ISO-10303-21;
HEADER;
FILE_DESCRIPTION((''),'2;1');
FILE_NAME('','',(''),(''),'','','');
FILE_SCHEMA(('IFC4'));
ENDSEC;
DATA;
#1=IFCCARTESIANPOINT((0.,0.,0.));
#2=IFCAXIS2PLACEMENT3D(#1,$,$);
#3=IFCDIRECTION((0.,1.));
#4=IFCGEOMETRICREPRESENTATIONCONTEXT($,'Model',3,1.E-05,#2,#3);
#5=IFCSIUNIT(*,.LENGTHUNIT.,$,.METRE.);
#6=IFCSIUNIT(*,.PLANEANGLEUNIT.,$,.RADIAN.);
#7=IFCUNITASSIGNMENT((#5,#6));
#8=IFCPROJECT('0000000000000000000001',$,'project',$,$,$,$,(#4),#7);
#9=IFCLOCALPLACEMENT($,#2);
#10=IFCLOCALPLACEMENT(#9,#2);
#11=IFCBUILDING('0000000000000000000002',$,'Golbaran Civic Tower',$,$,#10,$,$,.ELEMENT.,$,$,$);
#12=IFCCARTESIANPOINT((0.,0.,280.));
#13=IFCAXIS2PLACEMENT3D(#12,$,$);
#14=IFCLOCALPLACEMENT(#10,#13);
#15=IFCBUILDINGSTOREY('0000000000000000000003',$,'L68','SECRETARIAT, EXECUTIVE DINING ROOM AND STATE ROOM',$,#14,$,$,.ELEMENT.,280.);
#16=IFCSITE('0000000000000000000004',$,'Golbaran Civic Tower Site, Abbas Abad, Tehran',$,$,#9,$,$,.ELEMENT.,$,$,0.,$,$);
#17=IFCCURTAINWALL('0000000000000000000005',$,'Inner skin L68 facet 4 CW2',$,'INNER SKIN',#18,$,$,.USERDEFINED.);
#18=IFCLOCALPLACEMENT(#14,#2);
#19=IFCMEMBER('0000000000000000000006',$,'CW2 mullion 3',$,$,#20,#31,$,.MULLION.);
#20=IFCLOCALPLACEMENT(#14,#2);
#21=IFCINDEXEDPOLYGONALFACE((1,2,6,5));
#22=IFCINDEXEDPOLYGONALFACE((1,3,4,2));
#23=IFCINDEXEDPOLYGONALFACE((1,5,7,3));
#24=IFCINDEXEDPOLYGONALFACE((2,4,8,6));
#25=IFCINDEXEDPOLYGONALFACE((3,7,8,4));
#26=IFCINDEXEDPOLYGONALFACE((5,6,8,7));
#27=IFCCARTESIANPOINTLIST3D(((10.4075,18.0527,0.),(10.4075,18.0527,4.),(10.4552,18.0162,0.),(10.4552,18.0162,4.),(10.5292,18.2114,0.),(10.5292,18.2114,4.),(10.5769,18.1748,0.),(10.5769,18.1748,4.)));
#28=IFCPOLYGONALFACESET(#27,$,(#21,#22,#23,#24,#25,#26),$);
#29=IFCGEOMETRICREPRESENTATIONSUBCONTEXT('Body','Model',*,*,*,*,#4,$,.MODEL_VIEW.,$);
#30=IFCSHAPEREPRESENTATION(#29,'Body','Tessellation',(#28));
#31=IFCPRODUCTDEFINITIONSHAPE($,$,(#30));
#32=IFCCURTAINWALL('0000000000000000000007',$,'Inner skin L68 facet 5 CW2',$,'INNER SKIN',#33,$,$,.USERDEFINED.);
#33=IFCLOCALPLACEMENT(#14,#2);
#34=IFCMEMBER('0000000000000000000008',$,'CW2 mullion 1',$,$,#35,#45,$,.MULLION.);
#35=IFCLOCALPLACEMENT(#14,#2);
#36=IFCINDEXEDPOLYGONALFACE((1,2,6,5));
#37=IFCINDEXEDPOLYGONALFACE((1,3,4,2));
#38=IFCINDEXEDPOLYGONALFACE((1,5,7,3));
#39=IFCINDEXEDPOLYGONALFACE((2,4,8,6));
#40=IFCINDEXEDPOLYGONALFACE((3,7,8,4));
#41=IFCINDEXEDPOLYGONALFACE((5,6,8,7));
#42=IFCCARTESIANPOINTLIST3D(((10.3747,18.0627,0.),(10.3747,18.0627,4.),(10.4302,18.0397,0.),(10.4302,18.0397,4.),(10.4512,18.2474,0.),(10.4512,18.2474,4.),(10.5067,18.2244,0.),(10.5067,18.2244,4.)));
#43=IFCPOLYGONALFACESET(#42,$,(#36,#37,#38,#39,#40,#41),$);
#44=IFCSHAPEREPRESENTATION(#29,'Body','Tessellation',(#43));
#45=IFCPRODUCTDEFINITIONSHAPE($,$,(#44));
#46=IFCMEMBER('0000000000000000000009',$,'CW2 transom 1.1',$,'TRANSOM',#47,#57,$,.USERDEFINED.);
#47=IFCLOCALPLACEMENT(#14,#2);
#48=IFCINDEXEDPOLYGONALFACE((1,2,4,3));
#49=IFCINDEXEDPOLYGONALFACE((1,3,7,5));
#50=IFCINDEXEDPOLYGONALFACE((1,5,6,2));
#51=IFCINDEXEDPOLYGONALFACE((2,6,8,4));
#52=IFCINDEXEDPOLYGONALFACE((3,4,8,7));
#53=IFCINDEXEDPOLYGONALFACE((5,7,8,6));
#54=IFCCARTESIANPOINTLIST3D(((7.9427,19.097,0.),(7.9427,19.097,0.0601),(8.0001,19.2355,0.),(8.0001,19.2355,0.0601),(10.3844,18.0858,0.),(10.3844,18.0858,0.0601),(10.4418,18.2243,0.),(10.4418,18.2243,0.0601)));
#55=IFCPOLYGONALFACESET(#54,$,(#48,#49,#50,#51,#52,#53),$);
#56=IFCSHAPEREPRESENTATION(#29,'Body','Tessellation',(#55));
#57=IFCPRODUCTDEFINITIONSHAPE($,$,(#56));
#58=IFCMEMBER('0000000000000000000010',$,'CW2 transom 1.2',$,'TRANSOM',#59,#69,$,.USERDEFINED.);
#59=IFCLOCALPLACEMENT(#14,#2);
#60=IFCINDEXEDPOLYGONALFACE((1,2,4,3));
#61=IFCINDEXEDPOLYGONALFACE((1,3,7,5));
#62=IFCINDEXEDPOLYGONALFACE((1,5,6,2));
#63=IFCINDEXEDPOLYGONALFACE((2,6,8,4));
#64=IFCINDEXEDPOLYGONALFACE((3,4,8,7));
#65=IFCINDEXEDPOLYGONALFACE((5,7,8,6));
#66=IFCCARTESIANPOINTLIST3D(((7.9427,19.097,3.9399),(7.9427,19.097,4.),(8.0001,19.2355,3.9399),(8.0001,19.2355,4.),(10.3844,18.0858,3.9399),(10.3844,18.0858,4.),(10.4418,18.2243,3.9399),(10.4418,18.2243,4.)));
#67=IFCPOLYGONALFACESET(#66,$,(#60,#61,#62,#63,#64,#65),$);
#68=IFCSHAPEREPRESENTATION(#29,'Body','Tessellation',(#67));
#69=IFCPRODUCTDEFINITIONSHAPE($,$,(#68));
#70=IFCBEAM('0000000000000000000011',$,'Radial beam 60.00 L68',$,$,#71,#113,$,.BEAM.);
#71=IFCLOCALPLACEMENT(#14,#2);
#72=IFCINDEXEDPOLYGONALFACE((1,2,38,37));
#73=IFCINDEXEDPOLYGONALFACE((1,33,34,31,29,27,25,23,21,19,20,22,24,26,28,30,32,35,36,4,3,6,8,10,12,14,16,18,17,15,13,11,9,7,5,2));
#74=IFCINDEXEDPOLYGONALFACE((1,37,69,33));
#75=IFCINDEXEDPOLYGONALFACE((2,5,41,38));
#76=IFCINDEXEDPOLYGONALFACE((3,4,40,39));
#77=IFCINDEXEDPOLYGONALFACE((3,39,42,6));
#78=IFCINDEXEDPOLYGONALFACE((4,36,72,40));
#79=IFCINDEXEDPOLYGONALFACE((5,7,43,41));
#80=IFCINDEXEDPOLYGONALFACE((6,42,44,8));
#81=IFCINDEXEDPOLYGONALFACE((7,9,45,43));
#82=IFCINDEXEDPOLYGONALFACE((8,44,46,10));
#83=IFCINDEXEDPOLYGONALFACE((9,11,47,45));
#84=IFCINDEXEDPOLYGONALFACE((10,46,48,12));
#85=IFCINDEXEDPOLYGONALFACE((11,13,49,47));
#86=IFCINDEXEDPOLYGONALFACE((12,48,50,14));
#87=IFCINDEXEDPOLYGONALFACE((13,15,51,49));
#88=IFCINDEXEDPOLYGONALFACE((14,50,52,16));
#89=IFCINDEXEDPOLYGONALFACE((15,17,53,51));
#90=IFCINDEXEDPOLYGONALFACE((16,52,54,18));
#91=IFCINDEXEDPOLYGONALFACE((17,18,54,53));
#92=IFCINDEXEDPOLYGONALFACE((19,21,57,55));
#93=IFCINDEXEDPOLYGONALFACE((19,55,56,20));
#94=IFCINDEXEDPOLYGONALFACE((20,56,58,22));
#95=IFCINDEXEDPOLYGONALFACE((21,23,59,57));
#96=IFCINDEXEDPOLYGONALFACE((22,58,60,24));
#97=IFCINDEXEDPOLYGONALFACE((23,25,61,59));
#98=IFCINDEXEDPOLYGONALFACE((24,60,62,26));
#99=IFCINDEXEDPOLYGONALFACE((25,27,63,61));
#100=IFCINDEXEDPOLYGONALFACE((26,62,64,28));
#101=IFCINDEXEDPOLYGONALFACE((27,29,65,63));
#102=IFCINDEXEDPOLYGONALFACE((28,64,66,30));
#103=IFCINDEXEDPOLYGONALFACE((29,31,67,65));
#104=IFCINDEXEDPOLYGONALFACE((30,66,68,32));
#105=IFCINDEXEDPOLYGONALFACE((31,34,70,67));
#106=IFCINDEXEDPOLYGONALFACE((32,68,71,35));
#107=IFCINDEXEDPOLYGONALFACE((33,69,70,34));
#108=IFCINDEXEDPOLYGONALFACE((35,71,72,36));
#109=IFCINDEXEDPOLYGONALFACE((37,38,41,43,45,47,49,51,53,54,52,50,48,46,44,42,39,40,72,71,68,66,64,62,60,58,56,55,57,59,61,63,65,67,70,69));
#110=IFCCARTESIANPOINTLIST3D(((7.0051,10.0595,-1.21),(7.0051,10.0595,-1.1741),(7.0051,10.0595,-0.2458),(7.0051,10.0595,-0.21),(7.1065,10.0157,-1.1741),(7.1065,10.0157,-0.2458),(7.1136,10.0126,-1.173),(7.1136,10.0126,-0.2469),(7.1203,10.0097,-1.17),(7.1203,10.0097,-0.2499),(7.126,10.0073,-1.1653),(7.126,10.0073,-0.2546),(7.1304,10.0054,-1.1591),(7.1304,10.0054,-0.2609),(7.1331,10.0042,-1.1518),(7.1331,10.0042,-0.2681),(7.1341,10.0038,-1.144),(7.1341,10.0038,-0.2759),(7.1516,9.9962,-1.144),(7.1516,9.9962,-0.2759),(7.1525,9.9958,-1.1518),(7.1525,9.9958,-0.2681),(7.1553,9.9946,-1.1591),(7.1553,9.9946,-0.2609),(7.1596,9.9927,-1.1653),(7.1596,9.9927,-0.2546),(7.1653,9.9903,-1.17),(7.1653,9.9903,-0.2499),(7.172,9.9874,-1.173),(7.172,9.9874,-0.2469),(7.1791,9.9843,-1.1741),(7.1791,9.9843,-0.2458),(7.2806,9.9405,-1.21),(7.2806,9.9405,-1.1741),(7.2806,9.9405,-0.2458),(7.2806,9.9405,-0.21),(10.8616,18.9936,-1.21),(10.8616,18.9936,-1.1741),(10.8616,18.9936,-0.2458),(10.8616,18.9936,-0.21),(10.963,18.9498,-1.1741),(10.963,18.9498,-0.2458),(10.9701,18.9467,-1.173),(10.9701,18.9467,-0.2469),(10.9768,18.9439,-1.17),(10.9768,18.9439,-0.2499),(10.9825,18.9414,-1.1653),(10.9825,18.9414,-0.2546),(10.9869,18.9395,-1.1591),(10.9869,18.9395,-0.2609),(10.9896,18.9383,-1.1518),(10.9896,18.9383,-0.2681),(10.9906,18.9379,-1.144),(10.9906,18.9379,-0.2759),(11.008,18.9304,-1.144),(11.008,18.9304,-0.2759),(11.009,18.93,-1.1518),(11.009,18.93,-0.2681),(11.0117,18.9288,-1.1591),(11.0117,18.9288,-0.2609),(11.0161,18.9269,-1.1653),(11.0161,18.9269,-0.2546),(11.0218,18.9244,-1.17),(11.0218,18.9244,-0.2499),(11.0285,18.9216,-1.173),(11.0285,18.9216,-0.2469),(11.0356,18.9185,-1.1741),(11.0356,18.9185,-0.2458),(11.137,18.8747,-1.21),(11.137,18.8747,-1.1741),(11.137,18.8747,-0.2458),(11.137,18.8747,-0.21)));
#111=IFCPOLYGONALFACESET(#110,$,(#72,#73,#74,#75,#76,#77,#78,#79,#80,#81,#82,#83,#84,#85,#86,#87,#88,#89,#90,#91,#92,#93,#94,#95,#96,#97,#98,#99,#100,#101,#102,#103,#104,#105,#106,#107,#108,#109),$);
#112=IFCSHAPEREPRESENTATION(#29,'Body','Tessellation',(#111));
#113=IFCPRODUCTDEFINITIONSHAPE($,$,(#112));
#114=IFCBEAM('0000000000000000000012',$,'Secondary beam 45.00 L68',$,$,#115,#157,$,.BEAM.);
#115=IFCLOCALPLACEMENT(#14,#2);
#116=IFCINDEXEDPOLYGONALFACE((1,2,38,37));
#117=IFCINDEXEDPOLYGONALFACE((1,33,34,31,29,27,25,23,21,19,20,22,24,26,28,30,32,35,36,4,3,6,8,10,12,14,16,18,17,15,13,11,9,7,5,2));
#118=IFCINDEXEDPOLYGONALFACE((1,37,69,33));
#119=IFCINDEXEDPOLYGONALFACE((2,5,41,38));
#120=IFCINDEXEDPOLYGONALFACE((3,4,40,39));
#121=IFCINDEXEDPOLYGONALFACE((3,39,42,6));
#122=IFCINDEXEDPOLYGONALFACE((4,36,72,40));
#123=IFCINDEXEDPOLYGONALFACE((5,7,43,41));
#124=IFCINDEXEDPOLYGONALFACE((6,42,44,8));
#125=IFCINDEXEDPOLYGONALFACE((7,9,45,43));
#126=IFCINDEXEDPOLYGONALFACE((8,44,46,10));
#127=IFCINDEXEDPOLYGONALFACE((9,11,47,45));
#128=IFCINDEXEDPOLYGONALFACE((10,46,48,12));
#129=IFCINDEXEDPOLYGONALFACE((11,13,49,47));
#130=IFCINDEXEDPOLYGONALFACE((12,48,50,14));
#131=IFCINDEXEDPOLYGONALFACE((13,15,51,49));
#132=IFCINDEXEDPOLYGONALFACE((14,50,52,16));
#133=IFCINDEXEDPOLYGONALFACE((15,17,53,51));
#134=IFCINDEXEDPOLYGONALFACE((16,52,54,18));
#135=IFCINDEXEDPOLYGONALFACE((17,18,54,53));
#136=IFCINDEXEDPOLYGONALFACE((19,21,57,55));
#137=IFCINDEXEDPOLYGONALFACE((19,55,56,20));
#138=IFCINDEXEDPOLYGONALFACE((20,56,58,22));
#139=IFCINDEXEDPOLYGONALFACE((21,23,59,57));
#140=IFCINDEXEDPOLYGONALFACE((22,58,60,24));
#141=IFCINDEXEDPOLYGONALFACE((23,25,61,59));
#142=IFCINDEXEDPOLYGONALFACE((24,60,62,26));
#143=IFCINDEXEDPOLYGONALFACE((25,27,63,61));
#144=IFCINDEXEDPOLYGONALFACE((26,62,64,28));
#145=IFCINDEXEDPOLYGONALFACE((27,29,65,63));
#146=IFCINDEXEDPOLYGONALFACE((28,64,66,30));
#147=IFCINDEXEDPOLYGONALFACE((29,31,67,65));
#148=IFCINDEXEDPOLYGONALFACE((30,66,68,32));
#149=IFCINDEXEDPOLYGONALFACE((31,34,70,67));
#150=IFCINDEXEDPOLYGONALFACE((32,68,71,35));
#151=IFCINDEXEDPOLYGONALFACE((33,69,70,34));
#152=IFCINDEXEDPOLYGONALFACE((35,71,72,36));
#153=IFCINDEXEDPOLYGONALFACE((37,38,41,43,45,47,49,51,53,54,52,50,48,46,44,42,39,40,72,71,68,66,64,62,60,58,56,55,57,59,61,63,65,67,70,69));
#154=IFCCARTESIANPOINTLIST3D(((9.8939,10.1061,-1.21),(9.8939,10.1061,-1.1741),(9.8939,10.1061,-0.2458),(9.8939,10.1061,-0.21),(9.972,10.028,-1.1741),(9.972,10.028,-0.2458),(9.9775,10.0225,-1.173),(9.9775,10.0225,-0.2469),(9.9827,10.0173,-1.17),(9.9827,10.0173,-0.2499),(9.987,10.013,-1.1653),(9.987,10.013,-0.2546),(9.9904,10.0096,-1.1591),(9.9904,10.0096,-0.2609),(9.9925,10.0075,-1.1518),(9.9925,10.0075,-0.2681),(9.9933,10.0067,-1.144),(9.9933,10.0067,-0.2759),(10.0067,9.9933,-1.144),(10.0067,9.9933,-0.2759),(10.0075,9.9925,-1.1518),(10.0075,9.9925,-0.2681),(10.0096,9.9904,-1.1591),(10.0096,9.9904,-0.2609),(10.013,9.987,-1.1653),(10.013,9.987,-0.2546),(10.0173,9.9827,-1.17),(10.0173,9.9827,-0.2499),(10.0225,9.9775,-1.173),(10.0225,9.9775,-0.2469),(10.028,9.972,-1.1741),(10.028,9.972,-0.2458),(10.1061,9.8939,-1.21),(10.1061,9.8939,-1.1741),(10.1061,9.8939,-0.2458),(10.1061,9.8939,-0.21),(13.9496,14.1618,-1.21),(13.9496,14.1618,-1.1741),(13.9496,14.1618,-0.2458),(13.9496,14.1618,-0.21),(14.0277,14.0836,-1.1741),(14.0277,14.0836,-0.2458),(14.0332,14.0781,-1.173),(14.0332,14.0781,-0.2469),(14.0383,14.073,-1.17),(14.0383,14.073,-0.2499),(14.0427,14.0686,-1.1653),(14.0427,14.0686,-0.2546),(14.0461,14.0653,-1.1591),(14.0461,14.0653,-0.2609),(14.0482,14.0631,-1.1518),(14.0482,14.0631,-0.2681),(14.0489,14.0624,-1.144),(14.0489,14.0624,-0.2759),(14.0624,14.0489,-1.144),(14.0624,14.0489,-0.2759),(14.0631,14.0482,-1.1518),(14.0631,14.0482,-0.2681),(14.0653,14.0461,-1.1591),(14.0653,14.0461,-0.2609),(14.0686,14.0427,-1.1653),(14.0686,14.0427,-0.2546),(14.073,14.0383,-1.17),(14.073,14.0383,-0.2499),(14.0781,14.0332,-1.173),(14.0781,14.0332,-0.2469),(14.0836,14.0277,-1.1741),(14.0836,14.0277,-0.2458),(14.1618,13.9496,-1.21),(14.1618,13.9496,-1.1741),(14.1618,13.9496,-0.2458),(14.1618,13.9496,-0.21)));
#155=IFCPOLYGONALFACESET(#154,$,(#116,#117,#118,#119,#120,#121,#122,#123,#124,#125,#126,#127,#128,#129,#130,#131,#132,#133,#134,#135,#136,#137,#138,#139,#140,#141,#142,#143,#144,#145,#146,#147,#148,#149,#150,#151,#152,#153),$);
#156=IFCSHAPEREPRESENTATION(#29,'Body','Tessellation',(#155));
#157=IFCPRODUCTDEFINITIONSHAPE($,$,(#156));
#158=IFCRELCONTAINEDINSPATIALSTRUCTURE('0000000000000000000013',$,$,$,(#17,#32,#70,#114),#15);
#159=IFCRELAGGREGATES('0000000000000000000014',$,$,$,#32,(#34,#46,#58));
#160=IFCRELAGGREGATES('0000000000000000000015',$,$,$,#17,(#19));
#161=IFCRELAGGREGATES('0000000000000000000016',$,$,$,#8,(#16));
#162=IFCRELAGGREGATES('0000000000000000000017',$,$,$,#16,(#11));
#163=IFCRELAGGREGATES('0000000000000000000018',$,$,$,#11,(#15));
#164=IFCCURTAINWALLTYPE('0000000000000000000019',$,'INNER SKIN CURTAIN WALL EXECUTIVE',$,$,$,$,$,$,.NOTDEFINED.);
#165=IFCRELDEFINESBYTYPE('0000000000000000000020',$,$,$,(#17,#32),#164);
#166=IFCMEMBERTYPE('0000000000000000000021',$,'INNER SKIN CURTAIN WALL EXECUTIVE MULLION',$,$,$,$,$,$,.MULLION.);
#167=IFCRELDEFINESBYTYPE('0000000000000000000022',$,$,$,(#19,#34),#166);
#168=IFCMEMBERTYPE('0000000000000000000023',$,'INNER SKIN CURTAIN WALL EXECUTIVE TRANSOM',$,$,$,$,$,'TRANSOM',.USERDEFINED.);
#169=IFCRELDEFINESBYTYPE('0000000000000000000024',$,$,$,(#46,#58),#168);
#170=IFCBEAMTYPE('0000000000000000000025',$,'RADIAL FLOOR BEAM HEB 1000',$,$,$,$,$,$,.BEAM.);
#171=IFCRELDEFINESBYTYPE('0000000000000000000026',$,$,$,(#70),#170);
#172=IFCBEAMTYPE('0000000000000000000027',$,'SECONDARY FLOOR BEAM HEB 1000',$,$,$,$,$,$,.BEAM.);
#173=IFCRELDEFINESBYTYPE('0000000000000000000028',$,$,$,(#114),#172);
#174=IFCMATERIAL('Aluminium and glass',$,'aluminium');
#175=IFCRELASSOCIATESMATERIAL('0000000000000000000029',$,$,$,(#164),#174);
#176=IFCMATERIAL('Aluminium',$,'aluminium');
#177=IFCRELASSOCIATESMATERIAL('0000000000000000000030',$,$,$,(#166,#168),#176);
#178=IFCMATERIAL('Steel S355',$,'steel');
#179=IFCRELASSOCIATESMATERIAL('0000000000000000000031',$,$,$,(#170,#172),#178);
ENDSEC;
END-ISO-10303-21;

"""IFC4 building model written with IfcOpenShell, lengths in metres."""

from ifc_helpers import new_model, si_unit, direction, frame, origin, origin_2d, place, context, subcontext, project, spatial, rectangle, i_section, extrude, material, material_profile, profile_set, type_object, element, aggregate, save


model = new_model("IFC4")

# Units and contexts
model_context = context("Model", 3, precision=1e-05, world=origin(), true_north=direction((0.0, 1.0)))
body_context = subcontext(model_context, "Body", "Model", "MODEL_VIEW")
ifc_project = project(units=[si_unit("LENGTHUNIT", "METRE"), si_unit("PLANEANGLEUNIT", "RADIAN")], contexts=[model_context])

# Site, building, storey
site_placement = place(None, origin())
site = spatial("IfcSite", under=ifc_project, at=site_placement, Name="Golbaran Civic Tower Site, Abbas Abad, Tehran", CompositionType="ELEMENT", RefElevation=0.0)
building_placement = place(site_placement, origin())
building = spatial("IfcBuilding", under=site, at=building_placement, Name="Golbaran Civic Tower", CompositionType="ELEMENT")
storey_placement = place(building_placement, frame((0.0, 0.0, 280.0)))
storey = spatial("IfcBuildingStorey", under=building, at=storey_placement, Name="L68", Description="SECRETARIAT, EXECUTIVE DINING ROOM AND STATE ROOM", CompositionType="ELEMENT", Elevation=280.0)

# Shared definitions
ifc_material_1 = material(Name="Steel S355", Category="steel")

# Curtain wall, member
ifc_material_2 = material(Name="Aluminium and glass", Category="aluminium")
curtain_wall_type = type_object("IfcCurtainWallType", Name="INNER SKIN CURTAIN WALL EXECUTIVE", PredefinedType="NOTDEFINED", material=ifc_material_2)
curtain_wall_1_placement = place(storey_placement, origin())
curtain_wall_1 = element("IfcCurtainWall", 1, at=curtain_wall_1_placement, inside=storey, type_object=curtain_wall_type, Name="Inner skin L68 facet 4 CW2", ObjectType="INNER SKIN", PredefinedType="USERDEFINED")
ifc_material_3 = material(Name="Aluminium", Category="aluminium")
ifc_material_profile_1 = material_profile(ifc_material_3, rectangle(XDim=0.2, YDim=0.0601, at=origin_2d()), Name="INNER SKIN CURTAIN WALL EXECUTIVE MULLION")
ifc_profile_set_1 = profile_set([ifc_material_profile_1], Name="Aluminium")
member_type_1 = type_object("IfcMemberType", Name="INNER SKIN CURTAIN WALL EXECUTIVE MULLION", PredefinedType="MULLION", material=ifc_profile_set_1)
member_1_placement = place(storey_placement, frame((10.4922, 18.1138, 0.0), z_axis=(0.0, 0.0, 1.0), x_axis=(-0.608761, -0.793353, 0.0)))
member_1 = element("IfcMember", 2, at=member_1_placement, type_object=member_type_1, Name="CW2 mullion 3", PredefinedType="MULLION", context=body_context, shape_type="SweptSolid", body=[
    extrude(rectangle(XDim=0.2, YDim=0.0601, at=origin_2d()), origin(), (0.0, 0.0, 1.0), 4.0),
])

# Curtain wall, members
curtain_wall_2_placement = place(storey_placement, origin())
curtain_wall_2 = element("IfcCurtainWall", 3, at=curtain_wall_2_placement, inside=storey, type_object=curtain_wall_type, Name="Inner skin L68 facet 5 CW2", ObjectType="INNER SKIN", PredefinedType="USERDEFINED")
member_2_placement = place(storey_placement, frame((10.4407, 18.1436, 0.0), z_axis=(0.0, 0.0, 1.0), x_axis=(-0.382683, -0.92388, 0.0)))
member_2 = element("IfcMember", 4, at=member_2_placement, type_object=member_type_1, Name="CW2 mullion 1", PredefinedType="MULLION", context=body_context, shape_type="SweptSolid", body=[
    extrude(rectangle(XDim=0.2, YDim=0.0601, at=origin_2d()), origin(), (0.0, 0.0, 1.0), 4.0),
])
ifc_material_profile_2 = material_profile(ifc_material_3, rectangle(XDim=0.1499, YDim=0.0601, at=origin_2d()), Name="INNER SKIN CURTAIN WALL EXECUTIVE TRANSOM")
ifc_profile_set_2 = profile_set([ifc_material_profile_2], Name="Aluminium")
member_type_2 = type_object("IfcMemberType", Name="INNER SKIN CURTAIN WALL EXECUTIVE TRANSOM", ElementType="TRANSOM", PredefinedType="USERDEFINED", material=ifc_profile_set_2)
member_3_placement = place(storey_placement, frame((10.4131, 18.155, 0.03), z_axis=(-0.923897, 0.38264, 0.0), x_axis=(-0.38264, -0.923897, 0.0)))
member_3 = element("IfcMember", 5, at=member_3_placement, type_object=member_type_2, Name="CW2 transom 1.1", ObjectType="TRANSOM", PredefinedType="USERDEFINED", context=body_context, shape_type="SweptSolid", body=[
    extrude(rectangle(XDim=0.1499, YDim=0.0601, at=origin_2d()), origin(), (0.0, 0.0, 1.0), 2.6428),
])
member_4_placement = place(storey_placement, frame((10.4131, 18.155, 3.97), z_axis=(-0.923897, 0.38264, 0.0), x_axis=(-0.38264, -0.923897, 0.0)))
member_4 = element("IfcMember", 6, at=member_4_placement, type_object=member_type_2, Name="CW2 transom 1.2", ObjectType="TRANSOM", PredefinedType="USERDEFINED", context=body_context, shape_type="SweptSolid", body=[
    extrude(rectangle(XDim=0.1499, YDim=0.0601, at=origin_2d()), origin(), (0.0, 0.0, 1.0), 2.6428),
])
aggregate(curtain_wall_2, [member_2, member_3, member_4])

# Beams
ifc_material_profile_3 = material_profile(ifc_material_1, i_section(OverallWidth=0.3, OverallDepth=1.0, WebThickness=0.019, FlangeThickness=0.0359, FilletRadius=0.03, at=origin_2d()), Name="HEB 1000")
ifc_profile_set_3 = profile_set([ifc_material_profile_3], Name="Steel S355")
beam_type_1 = type_object("IfcBeamType", Name="RADIAL FLOOR BEAM HEB 1000", PredefinedType="BEAM", material=ifc_profile_set_3)
beam_1_placement = place(storey_placement, frame((7.1428, 10.0, -0.71), z_axis=(0.39631, 0.918117, 0.0), x_axis=(-0.918117, 0.39631, 0.0)))
element("IfcBeam", 7, at=beam_1_placement, inside=storey, type_object=beam_type_1, Name="Radial beam 60.00 L68", PredefinedType="BEAM", context=body_context, shape_type="SweptSolid", body=[
    extrude(i_section(OverallWidth=0.3, OverallDepth=1.0, WebThickness=0.019, FlangeThickness=0.0359, FilletRadius=0.03, at=origin_2d()), origin(), (0.0, 0.0, 1.0), 9.731),
])
ifc_material_profile_4 = material_profile(ifc_material_1, i_section(OverallWidth=0.3, OverallDepth=1.0, WebThickness=0.019, FlangeThickness=0.0359, FilletRadius=0.03, at=origin_2d()), Name="HEB 1000")
ifc_profile_set_4 = profile_set([ifc_material_profile_4], Name="Steel S355")
beam_type_2 = type_object("IfcBeamType", Name="SECONDARY FLOOR BEAM HEB 1000", PredefinedType="BEAM", material=ifc_profile_set_4)
beam_2_placement = place(storey_placement, frame((10.0, 10.0, -0.71), z_axis=(0.707107, 0.707107, 0.0), x_axis=(-0.707107, 0.707107, 0.0)))
element("IfcBeam", 8, at=beam_2_placement, inside=storey, type_object=beam_type_2, Name="Secondary beam 45.00 L68", PredefinedType="BEAM", context=body_context, shape_type="SweptSolid", body=[
    extrude(i_section(OverallWidth=0.3, OverallDepth=1.0, WebThickness=0.019, FlangeThickness=0.0359, FilletRadius=0.03, at=origin_2d()), origin(), (0.0, 0.0, 1.0), 5.7356),
])

aggregate(curtain_wall_1, [member_1])

save(model, "model.ifc")
